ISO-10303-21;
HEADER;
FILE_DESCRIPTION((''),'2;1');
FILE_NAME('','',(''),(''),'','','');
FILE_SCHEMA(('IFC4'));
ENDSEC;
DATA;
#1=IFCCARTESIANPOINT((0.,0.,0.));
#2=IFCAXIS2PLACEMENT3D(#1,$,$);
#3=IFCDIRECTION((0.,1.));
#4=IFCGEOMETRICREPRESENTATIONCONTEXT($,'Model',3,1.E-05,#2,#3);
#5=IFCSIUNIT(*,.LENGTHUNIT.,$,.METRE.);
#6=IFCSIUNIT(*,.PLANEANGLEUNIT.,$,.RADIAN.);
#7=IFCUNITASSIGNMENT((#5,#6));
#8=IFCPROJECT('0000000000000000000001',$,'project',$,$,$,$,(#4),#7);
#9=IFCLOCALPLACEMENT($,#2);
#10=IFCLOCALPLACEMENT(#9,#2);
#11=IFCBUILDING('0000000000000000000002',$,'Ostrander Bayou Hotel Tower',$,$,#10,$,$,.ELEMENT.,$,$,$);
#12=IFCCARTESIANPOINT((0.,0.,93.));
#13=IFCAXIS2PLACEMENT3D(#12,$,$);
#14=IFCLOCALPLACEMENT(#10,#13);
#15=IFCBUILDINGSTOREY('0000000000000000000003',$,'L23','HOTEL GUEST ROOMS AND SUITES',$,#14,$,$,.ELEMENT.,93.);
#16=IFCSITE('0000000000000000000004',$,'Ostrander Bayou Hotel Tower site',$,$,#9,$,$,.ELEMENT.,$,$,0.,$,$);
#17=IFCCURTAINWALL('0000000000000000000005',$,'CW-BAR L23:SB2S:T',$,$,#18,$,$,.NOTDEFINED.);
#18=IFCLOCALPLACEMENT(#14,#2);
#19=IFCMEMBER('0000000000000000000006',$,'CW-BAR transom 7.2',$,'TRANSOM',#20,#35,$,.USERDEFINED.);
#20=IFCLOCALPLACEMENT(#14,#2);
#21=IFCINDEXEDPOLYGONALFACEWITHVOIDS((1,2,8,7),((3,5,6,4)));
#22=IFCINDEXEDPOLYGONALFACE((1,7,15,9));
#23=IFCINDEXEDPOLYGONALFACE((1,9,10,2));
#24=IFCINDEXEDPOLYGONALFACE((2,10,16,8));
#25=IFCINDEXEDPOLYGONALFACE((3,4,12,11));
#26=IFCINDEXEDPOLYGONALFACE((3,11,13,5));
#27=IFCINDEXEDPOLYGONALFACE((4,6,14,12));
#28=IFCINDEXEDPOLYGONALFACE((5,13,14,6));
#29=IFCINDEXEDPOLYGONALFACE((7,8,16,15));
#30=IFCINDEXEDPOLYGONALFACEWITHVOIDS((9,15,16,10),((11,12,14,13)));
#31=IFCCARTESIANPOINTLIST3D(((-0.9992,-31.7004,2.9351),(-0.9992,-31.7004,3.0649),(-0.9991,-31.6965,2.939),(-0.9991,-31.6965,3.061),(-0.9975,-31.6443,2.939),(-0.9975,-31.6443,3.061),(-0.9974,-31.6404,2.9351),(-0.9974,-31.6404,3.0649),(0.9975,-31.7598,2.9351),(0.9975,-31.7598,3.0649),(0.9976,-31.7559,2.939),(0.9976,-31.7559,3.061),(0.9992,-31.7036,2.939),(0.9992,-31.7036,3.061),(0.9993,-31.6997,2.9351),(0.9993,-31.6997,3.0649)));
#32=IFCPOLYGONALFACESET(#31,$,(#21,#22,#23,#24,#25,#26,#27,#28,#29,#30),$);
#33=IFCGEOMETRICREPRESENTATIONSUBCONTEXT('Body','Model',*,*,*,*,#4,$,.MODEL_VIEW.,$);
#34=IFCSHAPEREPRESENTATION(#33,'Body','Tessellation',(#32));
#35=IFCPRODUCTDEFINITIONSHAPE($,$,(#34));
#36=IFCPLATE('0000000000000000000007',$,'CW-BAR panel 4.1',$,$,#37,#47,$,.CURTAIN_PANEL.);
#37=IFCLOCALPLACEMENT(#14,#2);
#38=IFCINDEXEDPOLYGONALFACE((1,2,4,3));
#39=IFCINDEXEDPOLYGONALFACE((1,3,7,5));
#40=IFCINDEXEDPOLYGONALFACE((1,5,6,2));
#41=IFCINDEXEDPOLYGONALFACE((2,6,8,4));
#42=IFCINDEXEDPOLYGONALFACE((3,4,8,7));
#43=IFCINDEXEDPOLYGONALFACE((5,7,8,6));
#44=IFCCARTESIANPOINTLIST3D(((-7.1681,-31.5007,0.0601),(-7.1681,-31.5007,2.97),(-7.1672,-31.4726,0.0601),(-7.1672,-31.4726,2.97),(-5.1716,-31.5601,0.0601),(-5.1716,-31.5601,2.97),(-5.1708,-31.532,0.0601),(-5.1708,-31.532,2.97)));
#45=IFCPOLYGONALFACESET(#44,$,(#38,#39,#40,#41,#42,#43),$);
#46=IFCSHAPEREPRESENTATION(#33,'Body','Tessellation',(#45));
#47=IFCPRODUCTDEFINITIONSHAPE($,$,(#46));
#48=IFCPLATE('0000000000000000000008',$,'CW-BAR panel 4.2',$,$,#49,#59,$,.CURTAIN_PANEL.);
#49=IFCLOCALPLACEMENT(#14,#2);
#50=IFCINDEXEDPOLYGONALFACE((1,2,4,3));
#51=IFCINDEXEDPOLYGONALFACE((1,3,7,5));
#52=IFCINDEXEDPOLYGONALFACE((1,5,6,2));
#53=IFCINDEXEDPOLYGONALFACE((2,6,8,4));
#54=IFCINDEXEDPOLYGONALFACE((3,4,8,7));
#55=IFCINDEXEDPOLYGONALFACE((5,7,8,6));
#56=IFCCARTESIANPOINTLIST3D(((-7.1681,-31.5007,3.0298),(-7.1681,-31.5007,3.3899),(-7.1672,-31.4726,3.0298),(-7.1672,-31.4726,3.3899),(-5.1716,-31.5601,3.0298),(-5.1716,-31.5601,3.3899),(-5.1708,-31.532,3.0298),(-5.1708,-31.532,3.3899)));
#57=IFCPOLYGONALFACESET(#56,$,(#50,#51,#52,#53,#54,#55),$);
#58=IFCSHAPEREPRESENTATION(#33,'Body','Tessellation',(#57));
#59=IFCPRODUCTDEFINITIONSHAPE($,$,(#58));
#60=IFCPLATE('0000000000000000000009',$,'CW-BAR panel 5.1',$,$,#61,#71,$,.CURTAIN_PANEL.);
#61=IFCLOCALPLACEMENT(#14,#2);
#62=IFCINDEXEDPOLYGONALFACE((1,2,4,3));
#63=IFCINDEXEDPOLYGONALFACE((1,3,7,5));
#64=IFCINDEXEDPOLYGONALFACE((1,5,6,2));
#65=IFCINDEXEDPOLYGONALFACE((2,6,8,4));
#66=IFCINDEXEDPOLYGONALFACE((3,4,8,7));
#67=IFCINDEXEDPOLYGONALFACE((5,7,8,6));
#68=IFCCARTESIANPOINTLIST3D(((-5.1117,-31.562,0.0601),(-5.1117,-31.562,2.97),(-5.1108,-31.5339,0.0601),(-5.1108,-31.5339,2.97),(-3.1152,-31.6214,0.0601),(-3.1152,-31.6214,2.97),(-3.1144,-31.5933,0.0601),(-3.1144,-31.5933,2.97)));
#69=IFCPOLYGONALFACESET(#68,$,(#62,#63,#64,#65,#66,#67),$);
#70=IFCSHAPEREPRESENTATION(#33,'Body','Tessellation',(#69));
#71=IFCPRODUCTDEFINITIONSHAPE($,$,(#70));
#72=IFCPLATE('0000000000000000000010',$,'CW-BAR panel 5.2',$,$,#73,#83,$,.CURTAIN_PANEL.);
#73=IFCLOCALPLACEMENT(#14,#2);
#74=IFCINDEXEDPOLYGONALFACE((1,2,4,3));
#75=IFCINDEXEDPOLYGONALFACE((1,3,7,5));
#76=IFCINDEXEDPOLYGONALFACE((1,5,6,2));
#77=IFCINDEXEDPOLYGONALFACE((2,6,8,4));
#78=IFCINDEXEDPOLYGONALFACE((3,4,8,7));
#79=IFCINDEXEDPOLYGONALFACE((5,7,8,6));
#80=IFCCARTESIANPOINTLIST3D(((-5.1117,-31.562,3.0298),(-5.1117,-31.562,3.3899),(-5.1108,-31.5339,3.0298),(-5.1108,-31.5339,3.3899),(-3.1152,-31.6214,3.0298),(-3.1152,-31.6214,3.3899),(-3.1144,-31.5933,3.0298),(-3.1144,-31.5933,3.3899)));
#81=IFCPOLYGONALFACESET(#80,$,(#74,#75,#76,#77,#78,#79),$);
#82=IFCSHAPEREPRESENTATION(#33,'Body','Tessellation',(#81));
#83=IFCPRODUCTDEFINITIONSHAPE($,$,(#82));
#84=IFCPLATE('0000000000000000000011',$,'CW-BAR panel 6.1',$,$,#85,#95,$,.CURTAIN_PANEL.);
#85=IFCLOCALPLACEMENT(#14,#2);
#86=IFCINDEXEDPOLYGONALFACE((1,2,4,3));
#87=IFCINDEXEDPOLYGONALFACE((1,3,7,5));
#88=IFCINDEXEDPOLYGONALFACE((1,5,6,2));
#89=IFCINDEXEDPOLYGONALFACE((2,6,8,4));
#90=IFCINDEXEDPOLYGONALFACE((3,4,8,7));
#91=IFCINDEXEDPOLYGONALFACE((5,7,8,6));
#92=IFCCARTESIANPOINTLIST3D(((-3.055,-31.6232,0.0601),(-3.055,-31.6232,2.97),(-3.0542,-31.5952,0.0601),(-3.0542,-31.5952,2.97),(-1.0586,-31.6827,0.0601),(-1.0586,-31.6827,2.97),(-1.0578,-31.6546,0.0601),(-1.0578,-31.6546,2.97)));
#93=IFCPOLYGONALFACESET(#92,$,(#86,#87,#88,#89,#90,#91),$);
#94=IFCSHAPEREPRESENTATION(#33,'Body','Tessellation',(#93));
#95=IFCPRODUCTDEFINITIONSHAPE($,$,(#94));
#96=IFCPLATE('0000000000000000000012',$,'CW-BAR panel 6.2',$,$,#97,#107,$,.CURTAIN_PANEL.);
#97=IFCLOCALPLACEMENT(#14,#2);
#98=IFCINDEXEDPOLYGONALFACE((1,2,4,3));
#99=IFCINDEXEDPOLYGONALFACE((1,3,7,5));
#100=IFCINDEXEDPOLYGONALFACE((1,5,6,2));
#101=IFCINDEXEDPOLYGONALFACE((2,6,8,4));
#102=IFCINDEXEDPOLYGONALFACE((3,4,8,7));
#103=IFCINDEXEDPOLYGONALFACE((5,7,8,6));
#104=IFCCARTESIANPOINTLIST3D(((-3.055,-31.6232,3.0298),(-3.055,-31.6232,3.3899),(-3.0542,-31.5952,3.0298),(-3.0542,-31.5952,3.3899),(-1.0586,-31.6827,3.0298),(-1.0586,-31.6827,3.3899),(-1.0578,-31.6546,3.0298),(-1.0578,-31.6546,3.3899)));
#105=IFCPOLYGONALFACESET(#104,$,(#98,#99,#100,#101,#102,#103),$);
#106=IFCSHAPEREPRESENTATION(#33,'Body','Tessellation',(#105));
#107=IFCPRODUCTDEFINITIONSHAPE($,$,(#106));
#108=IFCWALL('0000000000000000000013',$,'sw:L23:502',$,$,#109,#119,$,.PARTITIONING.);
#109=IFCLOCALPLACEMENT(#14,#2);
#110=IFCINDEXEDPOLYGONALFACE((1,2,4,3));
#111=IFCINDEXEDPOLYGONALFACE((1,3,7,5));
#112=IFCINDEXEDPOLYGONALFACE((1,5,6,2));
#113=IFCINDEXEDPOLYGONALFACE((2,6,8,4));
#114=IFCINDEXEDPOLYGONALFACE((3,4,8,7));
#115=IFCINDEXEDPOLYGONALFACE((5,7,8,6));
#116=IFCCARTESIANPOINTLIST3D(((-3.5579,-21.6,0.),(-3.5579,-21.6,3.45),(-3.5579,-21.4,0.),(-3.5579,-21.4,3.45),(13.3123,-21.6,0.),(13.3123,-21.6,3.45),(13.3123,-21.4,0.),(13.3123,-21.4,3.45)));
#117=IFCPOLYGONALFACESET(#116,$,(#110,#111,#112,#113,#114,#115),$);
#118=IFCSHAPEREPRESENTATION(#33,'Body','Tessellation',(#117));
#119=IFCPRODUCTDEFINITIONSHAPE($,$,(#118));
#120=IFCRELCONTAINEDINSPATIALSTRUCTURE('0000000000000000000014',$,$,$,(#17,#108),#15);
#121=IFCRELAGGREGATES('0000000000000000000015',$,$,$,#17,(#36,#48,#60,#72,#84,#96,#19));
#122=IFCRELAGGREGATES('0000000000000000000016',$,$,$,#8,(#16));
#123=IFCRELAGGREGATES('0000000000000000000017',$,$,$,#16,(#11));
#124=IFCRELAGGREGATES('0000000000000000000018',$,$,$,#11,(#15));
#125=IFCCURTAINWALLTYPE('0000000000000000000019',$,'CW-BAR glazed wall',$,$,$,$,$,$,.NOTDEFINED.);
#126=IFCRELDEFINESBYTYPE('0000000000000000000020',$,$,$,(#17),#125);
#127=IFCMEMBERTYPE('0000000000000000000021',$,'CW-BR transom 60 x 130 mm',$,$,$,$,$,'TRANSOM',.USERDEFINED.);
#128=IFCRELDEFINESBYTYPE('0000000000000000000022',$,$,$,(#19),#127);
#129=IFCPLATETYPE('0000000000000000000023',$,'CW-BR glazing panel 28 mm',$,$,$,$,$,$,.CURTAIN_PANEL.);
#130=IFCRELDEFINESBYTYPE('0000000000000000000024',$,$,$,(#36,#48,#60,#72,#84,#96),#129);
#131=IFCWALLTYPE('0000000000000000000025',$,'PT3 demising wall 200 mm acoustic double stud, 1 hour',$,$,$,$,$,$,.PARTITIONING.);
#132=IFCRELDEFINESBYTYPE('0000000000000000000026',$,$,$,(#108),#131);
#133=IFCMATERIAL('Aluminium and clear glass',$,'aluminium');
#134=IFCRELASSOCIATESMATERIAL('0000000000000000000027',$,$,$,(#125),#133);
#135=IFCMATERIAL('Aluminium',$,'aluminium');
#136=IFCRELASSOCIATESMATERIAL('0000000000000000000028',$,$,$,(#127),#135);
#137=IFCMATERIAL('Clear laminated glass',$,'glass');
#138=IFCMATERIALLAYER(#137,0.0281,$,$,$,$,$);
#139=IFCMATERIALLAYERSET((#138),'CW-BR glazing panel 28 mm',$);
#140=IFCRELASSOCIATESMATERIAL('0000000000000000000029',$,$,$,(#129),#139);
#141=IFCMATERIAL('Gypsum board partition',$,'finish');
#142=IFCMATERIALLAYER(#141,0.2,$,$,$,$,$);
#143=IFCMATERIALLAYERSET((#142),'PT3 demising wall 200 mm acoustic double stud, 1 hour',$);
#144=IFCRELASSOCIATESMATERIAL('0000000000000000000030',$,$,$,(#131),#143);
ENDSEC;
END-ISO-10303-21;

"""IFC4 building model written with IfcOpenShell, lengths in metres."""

from ifc_helpers import new_model, si_unit, direction, frame, frame_2d, origin, origin_2d, place, context, subcontext, project, spatial, rectangle, hollow_rectangle, extrude, material, layer, layer_set, material_profile, profile_set, type_object, element, aggregate, save


model = new_model("IFC4")

# Units and contexts
model_context = context("Model", 3, precision=1e-05, world=origin(), true_north=direction((0.0, 1.0)))
body_context = subcontext(model_context, "Body", "Model", "MODEL_VIEW")
ifc_project = project(units=[si_unit("LENGTHUNIT", "METRE"), si_unit("PLANEANGLEUNIT", "RADIAN")], contexts=[model_context])

# Site, building, storey
site_placement = place(None, origin())
site = spatial("IfcSite", under=ifc_project, at=site_placement, Name="Ostrander Bayou Hotel Tower site", CompositionType="ELEMENT", RefElevation=0.0)
building_placement = place(site_placement, origin())
building = spatial("IfcBuilding", under=site, at=building_placement, Name="Ostrander Bayou Hotel Tower", CompositionType="ELEMENT")
storey_placement = place(building_placement, frame((0.0, 0.0, 93.0)))
storey = spatial("IfcBuildingStorey", under=building, at=storey_placement, Name="L23", Description="HOTEL GUEST ROOMS AND SUITES", CompositionType="ELEMENT", Elevation=93.0)

# Curtain wall, member, plates
ifc_material_1 = material(Name="Aluminium and clear glass", Category="aluminium")
curtain_wall_type = type_object("IfcCurtainWallType", Name="CW-BAR glazed wall", PredefinedType="NOTDEFINED", material=ifc_material_1)
curtain_wall_placement = place(storey_placement, origin())
curtain_wall = element("IfcCurtainWall", 1, at=curtain_wall_placement, inside=storey, type_object=curtain_wall_type, Name="CW-BAR L23:SB2S:T", PredefinedType="NOTDEFINED")
ifc_material_2 = material(Name="Aluminium", Category="aluminium")
ifc_material_profile_1 = material_profile(ifc_material_2, hollow_rectangle(XDim=0.0601, YDim=0.1299, WallThickness=0.0039, at=origin_2d()))
ifc_profile_set_1 = profile_set([ifc_material_profile_1], Name="Aluminium")
member_type_1 = type_object("IfcMemberType", Name="CW-BR transom 60 x 130 mm", ElementType="TRANSOM", PredefinedType="USERDEFINED", material=ifc_profile_set_1)
member_1_placement = place(storey_placement, frame((-0.9983, -31.6704, 3.0), z_axis=(0.999559, -0.029701, 0.0), x_axis=(0.029701, 0.999559, 0.0)))
member_1 = element("IfcMember", 2, at=member_1_placement, type_object=member_type_1, Name="CW-BAR transom 7.2", ObjectType="TRANSOM", PredefinedType="USERDEFINED", context=body_context, shape_type="SweptSolid", body=[
    extrude(hollow_rectangle(XDim=0.0601, YDim=0.1299, WallThickness=0.0039, at=origin_2d()), origin(), (0.0, 0.0, 1.0), 1.9976),
])
ifc_material_3 = material(Name="Clear laminated glass", Category="glass")
ifc_layer_1 = layer(ifc_material_3, 0.0281)
ifc_layer_set_1 = layer_set([ifc_layer_1], Name="CW-BR glazing panel 28 mm")
plate_type = type_object("IfcPlateType", Name="CW-BR glazing panel 28 mm", PredefinedType="CURTAIN_PANEL", material=ifc_layer_set_1)
plate_1_placement = place(storey_placement, frame((-6.1694, -31.5164, 0.0601), z_axis=(0.0, 0.0, 1.0), x_axis=(0.999557, -0.029746, 0.0)))
plate_1 = element("IfcPlate", 3, at=plate_1_placement, type_object=plate_type, Name="CW-BAR panel 4.1", PredefinedType="CURTAIN_PANEL", context=body_context, shape_type="SweptSolid", body=[
    extrude(rectangle(XDim=1.9973, YDim=0.0281, at=origin_2d()), origin(), (0.0, 0.0, 1.0), 2.9099),
])
plate_2_placement = place(storey_placement, frame((-6.1694, -31.5164, 3.0298), z_axis=(0.0, 0.0, 1.0), x_axis=(0.999557, -0.029746, 0.0)))
plate_2 = element("IfcPlate", 4, at=plate_2_placement, type_object=plate_type, Name="CW-BAR panel 4.2", PredefinedType="CURTAIN_PANEL", context=body_context, shape_type="SweptSolid", body=[
    extrude(rectangle(XDim=1.9973, YDim=0.0281, at=origin_2d()), origin(), (0.0, 0.0, 1.0), 0.3601),
])
plate_3_placement = place(storey_placement, frame((-4.113, -31.5776, 0.0601), z_axis=(0.0, 0.0, 1.0), x_axis=(0.999557, -0.029746, 0.0)))
plate_3 = element("IfcPlate", 5, at=plate_3_placement, type_object=plate_type, Name="CW-BAR panel 5.1", PredefinedType="CURTAIN_PANEL", context=body_context, shape_type="SweptSolid", body=[
    extrude(rectangle(XDim=1.9973, YDim=0.0281, at=origin_2d()), origin(), (0.0, 0.0, 1.0), 2.9099),
])
plate_4_placement = place(storey_placement, frame((-4.113, -31.5776, 3.0298), z_axis=(0.0, 0.0, 1.0), x_axis=(0.999557, -0.029746, 0.0)))
plate_4 = element("IfcPlate", 6, at=plate_4_placement, type_object=plate_type, Name="CW-BAR panel 5.2", PredefinedType="CURTAIN_PANEL", context=body_context, shape_type="SweptSolid", body=[
    extrude(rectangle(XDim=1.9973, YDim=0.0281, at=origin_2d()), origin(), (0.0, 0.0, 1.0), 0.3601),
])
plate_5_placement = place(storey_placement, frame((-2.0564, -31.6389, 0.0601), z_axis=(0.0, 0.0, 1.0), x_axis=(0.999557, -0.029746, 0.0)))
plate_5 = element("IfcPlate", 7, at=plate_5_placement, type_object=plate_type, Name="CW-BAR panel 6.1", PredefinedType="CURTAIN_PANEL", context=body_context, shape_type="SweptSolid", body=[
    extrude(rectangle(XDim=1.9973, YDim=0.0281, at=origin_2d()), origin(), (0.0, 0.0, 1.0), 2.9099),
])
plate_6_placement = place(storey_placement, frame((-2.0564, -31.6389, 3.0298), z_axis=(0.0, 0.0, 1.0), x_axis=(0.999557, -0.029746, 0.0)))
plate_6 = element("IfcPlate", 8, at=plate_6_placement, type_object=plate_type, Name="CW-BAR panel 6.2", PredefinedType="CURTAIN_PANEL", context=body_context, shape_type="SweptSolid", body=[
    extrude(rectangle(XDim=1.9973, YDim=0.0281, at=origin_2d()), origin(), (0.0, 0.0, 1.0), 0.3601),
])
aggregate(curtain_wall, [plate_1, plate_2, plate_3, plate_4, plate_5, plate_6, member_1])

# Wall
ifc_material_4 = material(Name="Gypsum board partition", Category="finish")
ifc_layer_2 = layer(ifc_material_4, 0.2)
ifc_layer_set_2 = layer_set([ifc_layer_2], Name="PT3 demising wall 200 mm acoustic double stud, 1 hour")
wall_type = type_object("IfcWallType", Name="PT3 demising wall 200 mm acoustic double stud, 1 hour", PredefinedType="PARTITIONING", material=ifc_layer_set_2)
wall_1_placement = place(storey_placement, frame((-3.5579, -21.5, 0.0), z_axis=(0.0, 0.0, 1.0), x_axis=(1.0, 0.0, 0.0)))
element("IfcWall", 9, at=wall_1_placement, inside=storey, type_object=wall_type, Name="sw:L23:502", PredefinedType="PARTITIONING", context=body_context, shape_type="SweptSolid", body=[
    extrude(rectangle(XDim=16.8701, YDim=0.2, at=frame_2d((8.4351, 0.0))), origin(), (0.0, 0.0, 1.0), 3.45),
])

save(model, "model.ifc")
